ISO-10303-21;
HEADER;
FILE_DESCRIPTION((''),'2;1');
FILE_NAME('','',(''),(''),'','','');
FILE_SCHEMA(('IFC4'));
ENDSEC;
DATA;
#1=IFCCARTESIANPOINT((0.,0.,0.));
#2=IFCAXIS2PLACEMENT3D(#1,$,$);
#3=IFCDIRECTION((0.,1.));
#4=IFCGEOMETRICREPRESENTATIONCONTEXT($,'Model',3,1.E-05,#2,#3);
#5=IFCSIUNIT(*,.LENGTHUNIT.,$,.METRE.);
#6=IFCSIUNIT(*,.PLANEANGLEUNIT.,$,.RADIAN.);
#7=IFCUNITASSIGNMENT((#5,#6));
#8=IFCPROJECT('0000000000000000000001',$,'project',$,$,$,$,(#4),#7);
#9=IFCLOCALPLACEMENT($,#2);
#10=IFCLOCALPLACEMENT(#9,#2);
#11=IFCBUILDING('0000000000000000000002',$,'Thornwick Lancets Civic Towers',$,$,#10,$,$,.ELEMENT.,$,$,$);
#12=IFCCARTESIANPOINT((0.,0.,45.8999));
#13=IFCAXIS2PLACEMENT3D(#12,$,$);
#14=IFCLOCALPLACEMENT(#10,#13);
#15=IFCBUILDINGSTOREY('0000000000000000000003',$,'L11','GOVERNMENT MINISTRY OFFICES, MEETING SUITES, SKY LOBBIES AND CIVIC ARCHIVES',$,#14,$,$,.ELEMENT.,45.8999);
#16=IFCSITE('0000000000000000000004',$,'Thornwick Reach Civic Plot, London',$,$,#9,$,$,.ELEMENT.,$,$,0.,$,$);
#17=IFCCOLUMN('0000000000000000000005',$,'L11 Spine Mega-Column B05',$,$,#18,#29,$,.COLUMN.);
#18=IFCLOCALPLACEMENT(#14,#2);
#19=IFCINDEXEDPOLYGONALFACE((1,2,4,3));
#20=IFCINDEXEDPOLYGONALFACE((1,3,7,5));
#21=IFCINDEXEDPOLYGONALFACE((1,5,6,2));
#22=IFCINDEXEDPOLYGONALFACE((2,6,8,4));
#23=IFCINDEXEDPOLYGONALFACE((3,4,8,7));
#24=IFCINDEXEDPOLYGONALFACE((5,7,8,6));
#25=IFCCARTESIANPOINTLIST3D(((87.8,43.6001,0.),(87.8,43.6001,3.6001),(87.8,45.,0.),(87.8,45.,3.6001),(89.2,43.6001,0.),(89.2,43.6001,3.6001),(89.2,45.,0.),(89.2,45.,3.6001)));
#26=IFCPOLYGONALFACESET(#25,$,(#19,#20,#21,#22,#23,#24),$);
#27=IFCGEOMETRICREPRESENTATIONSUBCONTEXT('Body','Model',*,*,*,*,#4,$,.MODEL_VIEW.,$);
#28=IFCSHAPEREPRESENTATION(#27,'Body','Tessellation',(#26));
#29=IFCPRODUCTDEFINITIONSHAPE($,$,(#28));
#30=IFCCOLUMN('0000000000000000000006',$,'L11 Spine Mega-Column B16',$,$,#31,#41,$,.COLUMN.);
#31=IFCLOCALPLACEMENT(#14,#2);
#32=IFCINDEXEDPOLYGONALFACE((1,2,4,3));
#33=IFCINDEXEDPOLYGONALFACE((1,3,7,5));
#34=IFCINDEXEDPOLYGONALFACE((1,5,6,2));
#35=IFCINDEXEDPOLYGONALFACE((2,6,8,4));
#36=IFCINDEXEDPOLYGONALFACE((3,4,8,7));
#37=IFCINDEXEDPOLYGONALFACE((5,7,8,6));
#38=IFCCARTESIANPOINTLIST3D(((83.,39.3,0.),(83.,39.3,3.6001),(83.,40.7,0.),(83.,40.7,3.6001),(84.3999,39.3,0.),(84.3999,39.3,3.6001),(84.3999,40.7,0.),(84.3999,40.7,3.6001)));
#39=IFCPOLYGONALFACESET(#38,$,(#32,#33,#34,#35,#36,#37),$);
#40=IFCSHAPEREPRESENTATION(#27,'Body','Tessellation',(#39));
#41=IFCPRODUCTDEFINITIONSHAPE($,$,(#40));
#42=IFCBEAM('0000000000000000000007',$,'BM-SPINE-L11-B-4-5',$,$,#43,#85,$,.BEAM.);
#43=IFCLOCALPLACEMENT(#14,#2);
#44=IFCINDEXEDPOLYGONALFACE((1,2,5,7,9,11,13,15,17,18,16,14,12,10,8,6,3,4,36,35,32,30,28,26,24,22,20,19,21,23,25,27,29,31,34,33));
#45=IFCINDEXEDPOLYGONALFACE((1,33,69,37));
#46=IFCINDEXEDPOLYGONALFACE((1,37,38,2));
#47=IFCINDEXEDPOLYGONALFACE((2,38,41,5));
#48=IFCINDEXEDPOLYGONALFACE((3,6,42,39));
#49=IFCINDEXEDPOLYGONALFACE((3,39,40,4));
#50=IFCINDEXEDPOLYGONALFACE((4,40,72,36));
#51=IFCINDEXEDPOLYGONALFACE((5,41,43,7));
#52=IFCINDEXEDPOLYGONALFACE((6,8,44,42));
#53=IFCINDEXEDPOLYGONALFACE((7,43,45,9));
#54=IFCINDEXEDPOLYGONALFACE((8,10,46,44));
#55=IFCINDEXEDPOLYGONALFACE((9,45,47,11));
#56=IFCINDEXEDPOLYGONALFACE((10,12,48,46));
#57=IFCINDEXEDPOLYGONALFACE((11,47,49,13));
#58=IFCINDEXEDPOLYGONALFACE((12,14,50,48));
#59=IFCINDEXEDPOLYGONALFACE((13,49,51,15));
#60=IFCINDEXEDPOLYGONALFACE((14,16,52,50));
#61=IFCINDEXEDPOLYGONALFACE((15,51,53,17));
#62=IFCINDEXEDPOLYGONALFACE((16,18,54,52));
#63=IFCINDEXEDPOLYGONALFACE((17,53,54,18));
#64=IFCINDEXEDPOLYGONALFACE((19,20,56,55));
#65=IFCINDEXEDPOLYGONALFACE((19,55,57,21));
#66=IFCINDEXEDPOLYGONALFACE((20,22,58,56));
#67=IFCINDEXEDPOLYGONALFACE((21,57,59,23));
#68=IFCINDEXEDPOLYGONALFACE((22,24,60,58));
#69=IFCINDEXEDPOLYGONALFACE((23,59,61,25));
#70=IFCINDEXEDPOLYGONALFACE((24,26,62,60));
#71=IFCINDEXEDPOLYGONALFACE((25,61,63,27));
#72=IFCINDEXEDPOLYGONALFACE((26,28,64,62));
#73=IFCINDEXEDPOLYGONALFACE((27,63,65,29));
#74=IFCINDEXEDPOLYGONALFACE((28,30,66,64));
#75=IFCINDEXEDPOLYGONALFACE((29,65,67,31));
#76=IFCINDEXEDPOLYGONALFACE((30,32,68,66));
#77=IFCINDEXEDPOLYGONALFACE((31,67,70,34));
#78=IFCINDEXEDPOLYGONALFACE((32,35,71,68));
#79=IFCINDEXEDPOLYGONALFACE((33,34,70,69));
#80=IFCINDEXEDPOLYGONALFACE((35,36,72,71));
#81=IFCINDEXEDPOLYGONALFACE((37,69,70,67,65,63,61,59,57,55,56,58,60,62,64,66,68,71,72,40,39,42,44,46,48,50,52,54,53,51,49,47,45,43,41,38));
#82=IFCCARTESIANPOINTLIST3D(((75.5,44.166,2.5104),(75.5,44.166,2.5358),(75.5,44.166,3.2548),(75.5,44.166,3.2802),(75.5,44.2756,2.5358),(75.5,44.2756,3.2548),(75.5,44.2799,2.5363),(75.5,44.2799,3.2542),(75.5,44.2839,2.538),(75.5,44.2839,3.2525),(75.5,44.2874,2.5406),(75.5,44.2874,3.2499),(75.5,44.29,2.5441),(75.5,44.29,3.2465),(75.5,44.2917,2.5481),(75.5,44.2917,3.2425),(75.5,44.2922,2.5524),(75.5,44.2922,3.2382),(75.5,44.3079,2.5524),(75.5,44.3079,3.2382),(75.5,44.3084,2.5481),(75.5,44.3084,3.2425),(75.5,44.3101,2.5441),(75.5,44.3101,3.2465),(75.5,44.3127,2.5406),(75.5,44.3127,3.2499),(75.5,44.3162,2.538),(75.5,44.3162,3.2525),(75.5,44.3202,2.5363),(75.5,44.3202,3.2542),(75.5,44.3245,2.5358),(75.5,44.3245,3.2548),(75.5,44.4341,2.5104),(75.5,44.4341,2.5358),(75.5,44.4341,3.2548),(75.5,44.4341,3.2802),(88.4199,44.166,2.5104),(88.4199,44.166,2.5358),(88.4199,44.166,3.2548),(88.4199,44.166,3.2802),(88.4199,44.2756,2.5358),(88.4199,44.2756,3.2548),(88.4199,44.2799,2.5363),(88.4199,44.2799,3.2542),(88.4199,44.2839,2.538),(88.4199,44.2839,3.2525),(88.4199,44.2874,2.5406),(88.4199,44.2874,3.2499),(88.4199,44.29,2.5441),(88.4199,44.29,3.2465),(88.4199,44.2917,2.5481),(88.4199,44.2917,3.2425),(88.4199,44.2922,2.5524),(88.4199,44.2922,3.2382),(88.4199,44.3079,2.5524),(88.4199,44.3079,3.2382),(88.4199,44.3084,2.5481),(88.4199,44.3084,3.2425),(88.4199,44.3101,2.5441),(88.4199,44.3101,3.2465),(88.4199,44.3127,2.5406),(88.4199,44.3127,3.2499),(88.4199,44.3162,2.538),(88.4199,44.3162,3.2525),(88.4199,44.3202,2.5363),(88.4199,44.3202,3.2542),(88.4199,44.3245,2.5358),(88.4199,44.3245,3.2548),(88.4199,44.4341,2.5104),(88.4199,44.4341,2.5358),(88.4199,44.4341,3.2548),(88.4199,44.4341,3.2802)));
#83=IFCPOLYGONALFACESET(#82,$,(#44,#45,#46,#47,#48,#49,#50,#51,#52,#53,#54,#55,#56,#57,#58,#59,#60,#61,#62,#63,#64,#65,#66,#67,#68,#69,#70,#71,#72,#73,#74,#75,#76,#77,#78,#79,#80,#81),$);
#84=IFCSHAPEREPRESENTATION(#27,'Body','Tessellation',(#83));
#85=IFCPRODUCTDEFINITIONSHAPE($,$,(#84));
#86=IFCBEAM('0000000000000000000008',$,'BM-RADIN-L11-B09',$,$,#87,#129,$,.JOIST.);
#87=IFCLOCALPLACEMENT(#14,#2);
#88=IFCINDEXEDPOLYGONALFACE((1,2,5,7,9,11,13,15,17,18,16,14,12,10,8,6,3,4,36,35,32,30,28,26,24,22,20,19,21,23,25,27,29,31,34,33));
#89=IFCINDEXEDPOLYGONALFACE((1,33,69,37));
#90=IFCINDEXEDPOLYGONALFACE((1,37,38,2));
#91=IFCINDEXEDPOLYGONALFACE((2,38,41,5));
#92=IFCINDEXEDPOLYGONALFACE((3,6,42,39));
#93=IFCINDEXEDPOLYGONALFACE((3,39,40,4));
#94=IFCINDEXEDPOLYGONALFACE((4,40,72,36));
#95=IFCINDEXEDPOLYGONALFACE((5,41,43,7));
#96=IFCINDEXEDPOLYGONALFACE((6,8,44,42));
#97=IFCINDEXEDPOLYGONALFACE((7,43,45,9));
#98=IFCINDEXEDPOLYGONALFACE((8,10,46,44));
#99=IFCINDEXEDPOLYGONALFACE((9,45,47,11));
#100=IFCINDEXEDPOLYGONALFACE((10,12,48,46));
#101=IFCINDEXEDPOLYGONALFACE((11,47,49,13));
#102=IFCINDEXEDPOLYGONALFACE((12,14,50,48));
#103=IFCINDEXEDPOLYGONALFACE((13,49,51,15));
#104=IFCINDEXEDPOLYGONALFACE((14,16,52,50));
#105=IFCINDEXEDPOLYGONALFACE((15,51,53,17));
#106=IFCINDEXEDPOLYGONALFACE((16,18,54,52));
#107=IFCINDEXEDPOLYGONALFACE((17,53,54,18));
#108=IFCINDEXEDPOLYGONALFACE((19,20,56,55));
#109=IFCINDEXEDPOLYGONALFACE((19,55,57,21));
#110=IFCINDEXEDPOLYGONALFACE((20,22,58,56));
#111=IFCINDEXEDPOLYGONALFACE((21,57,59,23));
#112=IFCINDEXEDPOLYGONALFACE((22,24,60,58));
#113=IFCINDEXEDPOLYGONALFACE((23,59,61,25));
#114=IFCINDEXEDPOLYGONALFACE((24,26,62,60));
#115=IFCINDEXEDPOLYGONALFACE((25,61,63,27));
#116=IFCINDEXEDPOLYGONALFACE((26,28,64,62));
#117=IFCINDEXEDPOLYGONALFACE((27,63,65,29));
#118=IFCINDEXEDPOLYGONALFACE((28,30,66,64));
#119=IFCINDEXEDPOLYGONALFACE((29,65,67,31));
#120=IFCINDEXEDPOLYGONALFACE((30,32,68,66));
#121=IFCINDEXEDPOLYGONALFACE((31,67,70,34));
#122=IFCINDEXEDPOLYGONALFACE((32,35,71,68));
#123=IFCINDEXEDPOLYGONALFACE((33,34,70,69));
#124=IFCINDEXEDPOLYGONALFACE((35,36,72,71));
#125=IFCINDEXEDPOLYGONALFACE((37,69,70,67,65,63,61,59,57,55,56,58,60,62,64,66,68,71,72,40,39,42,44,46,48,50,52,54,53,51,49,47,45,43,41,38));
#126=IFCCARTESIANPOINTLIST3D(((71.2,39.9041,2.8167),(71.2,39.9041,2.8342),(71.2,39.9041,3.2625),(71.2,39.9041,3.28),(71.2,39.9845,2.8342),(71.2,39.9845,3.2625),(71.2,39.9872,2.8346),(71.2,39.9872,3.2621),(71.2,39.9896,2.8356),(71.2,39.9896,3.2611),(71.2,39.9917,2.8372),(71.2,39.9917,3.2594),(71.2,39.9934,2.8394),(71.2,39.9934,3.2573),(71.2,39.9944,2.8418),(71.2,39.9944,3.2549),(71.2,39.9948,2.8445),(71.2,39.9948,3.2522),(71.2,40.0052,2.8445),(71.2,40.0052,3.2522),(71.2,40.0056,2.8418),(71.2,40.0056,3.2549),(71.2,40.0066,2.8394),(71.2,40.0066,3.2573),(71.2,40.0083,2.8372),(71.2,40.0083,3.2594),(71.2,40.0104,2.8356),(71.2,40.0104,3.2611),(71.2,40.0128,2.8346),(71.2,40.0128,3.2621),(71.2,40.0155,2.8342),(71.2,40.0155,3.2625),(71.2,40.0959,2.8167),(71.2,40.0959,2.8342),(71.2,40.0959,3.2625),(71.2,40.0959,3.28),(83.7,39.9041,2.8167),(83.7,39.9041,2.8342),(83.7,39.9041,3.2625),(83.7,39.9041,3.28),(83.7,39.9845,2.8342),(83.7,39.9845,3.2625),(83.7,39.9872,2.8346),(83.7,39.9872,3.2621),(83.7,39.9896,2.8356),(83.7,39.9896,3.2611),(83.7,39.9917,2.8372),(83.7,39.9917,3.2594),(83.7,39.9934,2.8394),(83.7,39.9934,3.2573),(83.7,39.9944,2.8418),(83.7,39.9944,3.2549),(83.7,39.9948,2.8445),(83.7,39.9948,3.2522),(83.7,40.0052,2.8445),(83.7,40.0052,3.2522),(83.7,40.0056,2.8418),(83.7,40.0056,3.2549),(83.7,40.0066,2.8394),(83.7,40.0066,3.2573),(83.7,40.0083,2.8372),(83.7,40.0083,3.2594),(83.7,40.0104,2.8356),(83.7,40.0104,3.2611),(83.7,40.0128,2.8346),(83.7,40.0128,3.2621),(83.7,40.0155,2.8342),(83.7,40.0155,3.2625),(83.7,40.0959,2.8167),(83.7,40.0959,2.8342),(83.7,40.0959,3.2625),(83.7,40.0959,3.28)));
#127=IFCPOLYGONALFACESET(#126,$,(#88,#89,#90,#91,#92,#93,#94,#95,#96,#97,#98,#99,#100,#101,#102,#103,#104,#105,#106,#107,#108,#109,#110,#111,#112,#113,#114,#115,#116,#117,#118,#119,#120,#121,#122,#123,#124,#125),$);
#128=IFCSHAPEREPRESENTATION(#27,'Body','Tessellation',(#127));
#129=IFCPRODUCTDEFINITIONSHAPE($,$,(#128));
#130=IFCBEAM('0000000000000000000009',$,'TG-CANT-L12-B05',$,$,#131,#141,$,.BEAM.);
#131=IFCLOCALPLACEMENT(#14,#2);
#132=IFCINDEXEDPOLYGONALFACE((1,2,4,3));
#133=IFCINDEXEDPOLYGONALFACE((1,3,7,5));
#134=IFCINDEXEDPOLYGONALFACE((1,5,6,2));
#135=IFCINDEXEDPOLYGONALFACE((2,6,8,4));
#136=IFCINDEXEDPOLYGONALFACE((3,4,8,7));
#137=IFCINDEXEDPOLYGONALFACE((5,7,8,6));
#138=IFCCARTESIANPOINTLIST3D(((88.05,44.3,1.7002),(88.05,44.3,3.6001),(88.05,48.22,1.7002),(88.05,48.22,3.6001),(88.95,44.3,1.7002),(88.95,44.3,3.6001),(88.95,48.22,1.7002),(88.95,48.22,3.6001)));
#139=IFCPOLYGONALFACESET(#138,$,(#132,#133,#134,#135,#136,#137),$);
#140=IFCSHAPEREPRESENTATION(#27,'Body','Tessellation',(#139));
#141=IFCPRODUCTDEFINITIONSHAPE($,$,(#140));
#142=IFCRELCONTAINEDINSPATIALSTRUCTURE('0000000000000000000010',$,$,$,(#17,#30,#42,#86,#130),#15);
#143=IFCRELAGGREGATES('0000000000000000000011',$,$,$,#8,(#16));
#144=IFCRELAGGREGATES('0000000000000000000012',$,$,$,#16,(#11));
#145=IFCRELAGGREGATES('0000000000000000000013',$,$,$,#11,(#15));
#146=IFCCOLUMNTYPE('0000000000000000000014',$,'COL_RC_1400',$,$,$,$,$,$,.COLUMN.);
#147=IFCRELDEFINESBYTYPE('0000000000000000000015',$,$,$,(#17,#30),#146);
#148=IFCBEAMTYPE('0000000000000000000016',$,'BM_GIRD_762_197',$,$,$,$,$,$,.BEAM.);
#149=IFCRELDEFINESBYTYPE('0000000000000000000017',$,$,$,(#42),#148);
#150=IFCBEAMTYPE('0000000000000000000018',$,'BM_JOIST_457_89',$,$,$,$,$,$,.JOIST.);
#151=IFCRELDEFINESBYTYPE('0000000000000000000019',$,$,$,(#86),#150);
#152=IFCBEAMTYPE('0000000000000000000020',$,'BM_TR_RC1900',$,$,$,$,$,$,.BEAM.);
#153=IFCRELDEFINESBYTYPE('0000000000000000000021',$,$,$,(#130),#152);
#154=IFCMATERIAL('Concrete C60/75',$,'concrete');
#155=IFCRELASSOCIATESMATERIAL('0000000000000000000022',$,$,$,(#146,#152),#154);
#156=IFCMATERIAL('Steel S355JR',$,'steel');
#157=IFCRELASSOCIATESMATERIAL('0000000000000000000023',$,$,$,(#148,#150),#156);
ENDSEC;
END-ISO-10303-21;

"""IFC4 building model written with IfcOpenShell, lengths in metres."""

from ifc_helpers import new_model, si_unit, direction, frame, origin, origin_2d, place, context, subcontext, project, spatial, rectangle, i_section, extrude, material, material_profile, profile_set, type_object, element, save


model = new_model("IFC4")

# Units and contexts
model_context = context("Model", 3, precision=1e-05, world=origin(), true_north=direction((0.0, 1.0)))
body_context = subcontext(model_context, "Body", "Model", "MODEL_VIEW")
ifc_project = project(units=[si_unit("LENGTHUNIT", "METRE"), si_unit("PLANEANGLEUNIT", "RADIAN")], contexts=[model_context])

# Site, building, storey
site_placement = place(None, origin())
site = spatial("IfcSite", under=ifc_project, at=site_placement, Name="Thornwick Reach Civic Plot, London", CompositionType="ELEMENT", RefElevation=0.0)
building_placement = place(site_placement, origin())
building = spatial("IfcBuilding", under=site, at=building_placement, Name="Thornwick Lancets Civic Towers", CompositionType="ELEMENT")
storey_placement = place(building_placement, frame((0.0, 0.0, 45.8999)))
storey = spatial("IfcBuildingStorey", under=building, at=storey_placement, Name="L11", Description="GOVERNMENT MINISTRY OFFICES, MEETING SUITES, SKY LOBBIES AND CIVIC ARCHIVES", CompositionType="ELEMENT", Elevation=45.8999)

# Columns
ifc_material_1 = material(Name="Concrete C60/75", Category="concrete")
ifc_material_profile_1 = material_profile(ifc_material_1, rectangle(XDim=1.3999, YDim=1.3999, at=origin_2d()), Name="RC 1400x1400")
ifc_profile_set_1 = profile_set([ifc_material_profile_1], Name="Concrete C60/75")
column_type = type_object("IfcColumnType", Name="COL_RC_1400", PredefinedType="COLUMN", material=ifc_profile_set_1)
for number, where, z_axis, x_axis, name in (
    (1, (88.5, 44.3, 0.0), (0.0, 0.0, 1.0), (1.0, 0.0, 0.0), "L11 Spine Mega-Column B05"),
    (2, (83.7, 40.0, 0.0), (0.0, 0.0, 1.0), (1.0, 0.0, 0.0), "L11 Spine Mega-Column B16"),
):
    element("IfcColumn", number, at=place(storey_placement, frame(where, z_axis=z_axis, x_axis=x_axis)), inside=storey, type_object=column_type, Name=name, PredefinedType="COLUMN", context=body_context, shape_type="SweptSolid", body=[
        extrude(rectangle(XDim=1.3999, YDim=1.3999, at=origin_2d()), origin(), (0.0, 0.0, 1.0), 3.6001),
    ])

# Beams
ifc_material_2 = material(Name="Steel S355JR", Category="steel")
ifc_material_profile_2 = material_profile(ifc_material_2, i_section(OverallWidth=0.2681, OverallDepth=0.7698, WebThickness=0.0156, FlangeThickness=0.0254, FilletRadius=0.0166, at=origin_2d()), Name="UKB 762x267x197")
ifc_profile_set_2 = profile_set([ifc_material_profile_2], Name="Steel S355JR")
beam_type_1 = type_object("IfcBeamType", Name="BM_GIRD_762_197", PredefinedType="BEAM", material=ifc_profile_set_2)
beam_1_placement = place(storey_placement, frame((88.4199, 44.3, 2.8953), z_axis=(-1.0, 0.0, 0.0), x_axis=(0.0, -1.0, 0.0)))
element("IfcBeam", 3, at=beam_1_placement, inside=storey, type_object=beam_type_1, Name="BM-SPINE-L11-B-4-5", PredefinedType="BEAM", context=body_context, shape_type="SweptSolid", body=[
    extrude(i_section(OverallWidth=0.2681, OverallDepth=0.7698, WebThickness=0.0156, FlangeThickness=0.0254, FilletRadius=0.0166, at=origin_2d()), origin(), (0.0, 0.0, 1.0), 12.9199),
])
ifc_material_profile_3 = material_profile(ifc_material_2, i_section(OverallWidth=0.1919, OverallDepth=0.4634, WebThickness=0.0105, FlangeThickness=0.0176, FilletRadius=0.0103, at=origin_2d()), Name="UKB 457x191x89")
ifc_profile_set_3 = profile_set([ifc_material_profile_3], Name="Steel S355JR")
beam_type_2 = type_object("IfcBeamType", Name="BM_JOIST_457_89", PredefinedType="JOIST", material=ifc_profile_set_3)
beam_2_placement = place(storey_placement, frame((83.7, 40.0, 3.0483), z_axis=(-1.0, 0.0, 0.0), x_axis=(0.0, -1.0, 0.0)))
element("IfcBeam", 4, at=beam_2_placement, inside=storey, type_object=beam_type_2, Name="BM-RADIN-L11-B09", PredefinedType="JOIST", context=body_context, shape_type="SweptSolid", body=[
    extrude(i_section(OverallWidth=0.1919, OverallDepth=0.4634, WebThickness=0.0105, FlangeThickness=0.0176, FilletRadius=0.0103, at=origin_2d()), origin(), (0.0, 0.0, 1.0), 12.5),
])
ifc_material_profile_4 = material_profile(ifc_material_1, rectangle(XDim=0.8999, YDim=1.8999, at=origin_2d()), Name="RC 900x1900")
ifc_profile_set_4 = profile_set([ifc_material_profile_4], Name="Concrete C60/75")
beam_type_3 = type_object("IfcBeamType", Name="BM_TR_RC1900", PredefinedType="BEAM", material=ifc_profile_set_4)
beam_3_placement = place(storey_placement, frame((88.5, 44.3, 2.6501), z_axis=(0.0, 1.0, 0.0), x_axis=(-1.0, 0.0, 0.0)))
element("IfcBeam", 5, at=beam_3_placement, inside=storey, type_object=beam_type_3, Name="TG-CANT-L12-B05", PredefinedType="BEAM", context=body_context, shape_type="SweptSolid", body=[
    extrude(rectangle(XDim=0.8999, YDim=1.8999, at=origin_2d()), origin(), (0.0, 0.0, 1.0), 3.9199),
])

save(model, "model.ifc")
